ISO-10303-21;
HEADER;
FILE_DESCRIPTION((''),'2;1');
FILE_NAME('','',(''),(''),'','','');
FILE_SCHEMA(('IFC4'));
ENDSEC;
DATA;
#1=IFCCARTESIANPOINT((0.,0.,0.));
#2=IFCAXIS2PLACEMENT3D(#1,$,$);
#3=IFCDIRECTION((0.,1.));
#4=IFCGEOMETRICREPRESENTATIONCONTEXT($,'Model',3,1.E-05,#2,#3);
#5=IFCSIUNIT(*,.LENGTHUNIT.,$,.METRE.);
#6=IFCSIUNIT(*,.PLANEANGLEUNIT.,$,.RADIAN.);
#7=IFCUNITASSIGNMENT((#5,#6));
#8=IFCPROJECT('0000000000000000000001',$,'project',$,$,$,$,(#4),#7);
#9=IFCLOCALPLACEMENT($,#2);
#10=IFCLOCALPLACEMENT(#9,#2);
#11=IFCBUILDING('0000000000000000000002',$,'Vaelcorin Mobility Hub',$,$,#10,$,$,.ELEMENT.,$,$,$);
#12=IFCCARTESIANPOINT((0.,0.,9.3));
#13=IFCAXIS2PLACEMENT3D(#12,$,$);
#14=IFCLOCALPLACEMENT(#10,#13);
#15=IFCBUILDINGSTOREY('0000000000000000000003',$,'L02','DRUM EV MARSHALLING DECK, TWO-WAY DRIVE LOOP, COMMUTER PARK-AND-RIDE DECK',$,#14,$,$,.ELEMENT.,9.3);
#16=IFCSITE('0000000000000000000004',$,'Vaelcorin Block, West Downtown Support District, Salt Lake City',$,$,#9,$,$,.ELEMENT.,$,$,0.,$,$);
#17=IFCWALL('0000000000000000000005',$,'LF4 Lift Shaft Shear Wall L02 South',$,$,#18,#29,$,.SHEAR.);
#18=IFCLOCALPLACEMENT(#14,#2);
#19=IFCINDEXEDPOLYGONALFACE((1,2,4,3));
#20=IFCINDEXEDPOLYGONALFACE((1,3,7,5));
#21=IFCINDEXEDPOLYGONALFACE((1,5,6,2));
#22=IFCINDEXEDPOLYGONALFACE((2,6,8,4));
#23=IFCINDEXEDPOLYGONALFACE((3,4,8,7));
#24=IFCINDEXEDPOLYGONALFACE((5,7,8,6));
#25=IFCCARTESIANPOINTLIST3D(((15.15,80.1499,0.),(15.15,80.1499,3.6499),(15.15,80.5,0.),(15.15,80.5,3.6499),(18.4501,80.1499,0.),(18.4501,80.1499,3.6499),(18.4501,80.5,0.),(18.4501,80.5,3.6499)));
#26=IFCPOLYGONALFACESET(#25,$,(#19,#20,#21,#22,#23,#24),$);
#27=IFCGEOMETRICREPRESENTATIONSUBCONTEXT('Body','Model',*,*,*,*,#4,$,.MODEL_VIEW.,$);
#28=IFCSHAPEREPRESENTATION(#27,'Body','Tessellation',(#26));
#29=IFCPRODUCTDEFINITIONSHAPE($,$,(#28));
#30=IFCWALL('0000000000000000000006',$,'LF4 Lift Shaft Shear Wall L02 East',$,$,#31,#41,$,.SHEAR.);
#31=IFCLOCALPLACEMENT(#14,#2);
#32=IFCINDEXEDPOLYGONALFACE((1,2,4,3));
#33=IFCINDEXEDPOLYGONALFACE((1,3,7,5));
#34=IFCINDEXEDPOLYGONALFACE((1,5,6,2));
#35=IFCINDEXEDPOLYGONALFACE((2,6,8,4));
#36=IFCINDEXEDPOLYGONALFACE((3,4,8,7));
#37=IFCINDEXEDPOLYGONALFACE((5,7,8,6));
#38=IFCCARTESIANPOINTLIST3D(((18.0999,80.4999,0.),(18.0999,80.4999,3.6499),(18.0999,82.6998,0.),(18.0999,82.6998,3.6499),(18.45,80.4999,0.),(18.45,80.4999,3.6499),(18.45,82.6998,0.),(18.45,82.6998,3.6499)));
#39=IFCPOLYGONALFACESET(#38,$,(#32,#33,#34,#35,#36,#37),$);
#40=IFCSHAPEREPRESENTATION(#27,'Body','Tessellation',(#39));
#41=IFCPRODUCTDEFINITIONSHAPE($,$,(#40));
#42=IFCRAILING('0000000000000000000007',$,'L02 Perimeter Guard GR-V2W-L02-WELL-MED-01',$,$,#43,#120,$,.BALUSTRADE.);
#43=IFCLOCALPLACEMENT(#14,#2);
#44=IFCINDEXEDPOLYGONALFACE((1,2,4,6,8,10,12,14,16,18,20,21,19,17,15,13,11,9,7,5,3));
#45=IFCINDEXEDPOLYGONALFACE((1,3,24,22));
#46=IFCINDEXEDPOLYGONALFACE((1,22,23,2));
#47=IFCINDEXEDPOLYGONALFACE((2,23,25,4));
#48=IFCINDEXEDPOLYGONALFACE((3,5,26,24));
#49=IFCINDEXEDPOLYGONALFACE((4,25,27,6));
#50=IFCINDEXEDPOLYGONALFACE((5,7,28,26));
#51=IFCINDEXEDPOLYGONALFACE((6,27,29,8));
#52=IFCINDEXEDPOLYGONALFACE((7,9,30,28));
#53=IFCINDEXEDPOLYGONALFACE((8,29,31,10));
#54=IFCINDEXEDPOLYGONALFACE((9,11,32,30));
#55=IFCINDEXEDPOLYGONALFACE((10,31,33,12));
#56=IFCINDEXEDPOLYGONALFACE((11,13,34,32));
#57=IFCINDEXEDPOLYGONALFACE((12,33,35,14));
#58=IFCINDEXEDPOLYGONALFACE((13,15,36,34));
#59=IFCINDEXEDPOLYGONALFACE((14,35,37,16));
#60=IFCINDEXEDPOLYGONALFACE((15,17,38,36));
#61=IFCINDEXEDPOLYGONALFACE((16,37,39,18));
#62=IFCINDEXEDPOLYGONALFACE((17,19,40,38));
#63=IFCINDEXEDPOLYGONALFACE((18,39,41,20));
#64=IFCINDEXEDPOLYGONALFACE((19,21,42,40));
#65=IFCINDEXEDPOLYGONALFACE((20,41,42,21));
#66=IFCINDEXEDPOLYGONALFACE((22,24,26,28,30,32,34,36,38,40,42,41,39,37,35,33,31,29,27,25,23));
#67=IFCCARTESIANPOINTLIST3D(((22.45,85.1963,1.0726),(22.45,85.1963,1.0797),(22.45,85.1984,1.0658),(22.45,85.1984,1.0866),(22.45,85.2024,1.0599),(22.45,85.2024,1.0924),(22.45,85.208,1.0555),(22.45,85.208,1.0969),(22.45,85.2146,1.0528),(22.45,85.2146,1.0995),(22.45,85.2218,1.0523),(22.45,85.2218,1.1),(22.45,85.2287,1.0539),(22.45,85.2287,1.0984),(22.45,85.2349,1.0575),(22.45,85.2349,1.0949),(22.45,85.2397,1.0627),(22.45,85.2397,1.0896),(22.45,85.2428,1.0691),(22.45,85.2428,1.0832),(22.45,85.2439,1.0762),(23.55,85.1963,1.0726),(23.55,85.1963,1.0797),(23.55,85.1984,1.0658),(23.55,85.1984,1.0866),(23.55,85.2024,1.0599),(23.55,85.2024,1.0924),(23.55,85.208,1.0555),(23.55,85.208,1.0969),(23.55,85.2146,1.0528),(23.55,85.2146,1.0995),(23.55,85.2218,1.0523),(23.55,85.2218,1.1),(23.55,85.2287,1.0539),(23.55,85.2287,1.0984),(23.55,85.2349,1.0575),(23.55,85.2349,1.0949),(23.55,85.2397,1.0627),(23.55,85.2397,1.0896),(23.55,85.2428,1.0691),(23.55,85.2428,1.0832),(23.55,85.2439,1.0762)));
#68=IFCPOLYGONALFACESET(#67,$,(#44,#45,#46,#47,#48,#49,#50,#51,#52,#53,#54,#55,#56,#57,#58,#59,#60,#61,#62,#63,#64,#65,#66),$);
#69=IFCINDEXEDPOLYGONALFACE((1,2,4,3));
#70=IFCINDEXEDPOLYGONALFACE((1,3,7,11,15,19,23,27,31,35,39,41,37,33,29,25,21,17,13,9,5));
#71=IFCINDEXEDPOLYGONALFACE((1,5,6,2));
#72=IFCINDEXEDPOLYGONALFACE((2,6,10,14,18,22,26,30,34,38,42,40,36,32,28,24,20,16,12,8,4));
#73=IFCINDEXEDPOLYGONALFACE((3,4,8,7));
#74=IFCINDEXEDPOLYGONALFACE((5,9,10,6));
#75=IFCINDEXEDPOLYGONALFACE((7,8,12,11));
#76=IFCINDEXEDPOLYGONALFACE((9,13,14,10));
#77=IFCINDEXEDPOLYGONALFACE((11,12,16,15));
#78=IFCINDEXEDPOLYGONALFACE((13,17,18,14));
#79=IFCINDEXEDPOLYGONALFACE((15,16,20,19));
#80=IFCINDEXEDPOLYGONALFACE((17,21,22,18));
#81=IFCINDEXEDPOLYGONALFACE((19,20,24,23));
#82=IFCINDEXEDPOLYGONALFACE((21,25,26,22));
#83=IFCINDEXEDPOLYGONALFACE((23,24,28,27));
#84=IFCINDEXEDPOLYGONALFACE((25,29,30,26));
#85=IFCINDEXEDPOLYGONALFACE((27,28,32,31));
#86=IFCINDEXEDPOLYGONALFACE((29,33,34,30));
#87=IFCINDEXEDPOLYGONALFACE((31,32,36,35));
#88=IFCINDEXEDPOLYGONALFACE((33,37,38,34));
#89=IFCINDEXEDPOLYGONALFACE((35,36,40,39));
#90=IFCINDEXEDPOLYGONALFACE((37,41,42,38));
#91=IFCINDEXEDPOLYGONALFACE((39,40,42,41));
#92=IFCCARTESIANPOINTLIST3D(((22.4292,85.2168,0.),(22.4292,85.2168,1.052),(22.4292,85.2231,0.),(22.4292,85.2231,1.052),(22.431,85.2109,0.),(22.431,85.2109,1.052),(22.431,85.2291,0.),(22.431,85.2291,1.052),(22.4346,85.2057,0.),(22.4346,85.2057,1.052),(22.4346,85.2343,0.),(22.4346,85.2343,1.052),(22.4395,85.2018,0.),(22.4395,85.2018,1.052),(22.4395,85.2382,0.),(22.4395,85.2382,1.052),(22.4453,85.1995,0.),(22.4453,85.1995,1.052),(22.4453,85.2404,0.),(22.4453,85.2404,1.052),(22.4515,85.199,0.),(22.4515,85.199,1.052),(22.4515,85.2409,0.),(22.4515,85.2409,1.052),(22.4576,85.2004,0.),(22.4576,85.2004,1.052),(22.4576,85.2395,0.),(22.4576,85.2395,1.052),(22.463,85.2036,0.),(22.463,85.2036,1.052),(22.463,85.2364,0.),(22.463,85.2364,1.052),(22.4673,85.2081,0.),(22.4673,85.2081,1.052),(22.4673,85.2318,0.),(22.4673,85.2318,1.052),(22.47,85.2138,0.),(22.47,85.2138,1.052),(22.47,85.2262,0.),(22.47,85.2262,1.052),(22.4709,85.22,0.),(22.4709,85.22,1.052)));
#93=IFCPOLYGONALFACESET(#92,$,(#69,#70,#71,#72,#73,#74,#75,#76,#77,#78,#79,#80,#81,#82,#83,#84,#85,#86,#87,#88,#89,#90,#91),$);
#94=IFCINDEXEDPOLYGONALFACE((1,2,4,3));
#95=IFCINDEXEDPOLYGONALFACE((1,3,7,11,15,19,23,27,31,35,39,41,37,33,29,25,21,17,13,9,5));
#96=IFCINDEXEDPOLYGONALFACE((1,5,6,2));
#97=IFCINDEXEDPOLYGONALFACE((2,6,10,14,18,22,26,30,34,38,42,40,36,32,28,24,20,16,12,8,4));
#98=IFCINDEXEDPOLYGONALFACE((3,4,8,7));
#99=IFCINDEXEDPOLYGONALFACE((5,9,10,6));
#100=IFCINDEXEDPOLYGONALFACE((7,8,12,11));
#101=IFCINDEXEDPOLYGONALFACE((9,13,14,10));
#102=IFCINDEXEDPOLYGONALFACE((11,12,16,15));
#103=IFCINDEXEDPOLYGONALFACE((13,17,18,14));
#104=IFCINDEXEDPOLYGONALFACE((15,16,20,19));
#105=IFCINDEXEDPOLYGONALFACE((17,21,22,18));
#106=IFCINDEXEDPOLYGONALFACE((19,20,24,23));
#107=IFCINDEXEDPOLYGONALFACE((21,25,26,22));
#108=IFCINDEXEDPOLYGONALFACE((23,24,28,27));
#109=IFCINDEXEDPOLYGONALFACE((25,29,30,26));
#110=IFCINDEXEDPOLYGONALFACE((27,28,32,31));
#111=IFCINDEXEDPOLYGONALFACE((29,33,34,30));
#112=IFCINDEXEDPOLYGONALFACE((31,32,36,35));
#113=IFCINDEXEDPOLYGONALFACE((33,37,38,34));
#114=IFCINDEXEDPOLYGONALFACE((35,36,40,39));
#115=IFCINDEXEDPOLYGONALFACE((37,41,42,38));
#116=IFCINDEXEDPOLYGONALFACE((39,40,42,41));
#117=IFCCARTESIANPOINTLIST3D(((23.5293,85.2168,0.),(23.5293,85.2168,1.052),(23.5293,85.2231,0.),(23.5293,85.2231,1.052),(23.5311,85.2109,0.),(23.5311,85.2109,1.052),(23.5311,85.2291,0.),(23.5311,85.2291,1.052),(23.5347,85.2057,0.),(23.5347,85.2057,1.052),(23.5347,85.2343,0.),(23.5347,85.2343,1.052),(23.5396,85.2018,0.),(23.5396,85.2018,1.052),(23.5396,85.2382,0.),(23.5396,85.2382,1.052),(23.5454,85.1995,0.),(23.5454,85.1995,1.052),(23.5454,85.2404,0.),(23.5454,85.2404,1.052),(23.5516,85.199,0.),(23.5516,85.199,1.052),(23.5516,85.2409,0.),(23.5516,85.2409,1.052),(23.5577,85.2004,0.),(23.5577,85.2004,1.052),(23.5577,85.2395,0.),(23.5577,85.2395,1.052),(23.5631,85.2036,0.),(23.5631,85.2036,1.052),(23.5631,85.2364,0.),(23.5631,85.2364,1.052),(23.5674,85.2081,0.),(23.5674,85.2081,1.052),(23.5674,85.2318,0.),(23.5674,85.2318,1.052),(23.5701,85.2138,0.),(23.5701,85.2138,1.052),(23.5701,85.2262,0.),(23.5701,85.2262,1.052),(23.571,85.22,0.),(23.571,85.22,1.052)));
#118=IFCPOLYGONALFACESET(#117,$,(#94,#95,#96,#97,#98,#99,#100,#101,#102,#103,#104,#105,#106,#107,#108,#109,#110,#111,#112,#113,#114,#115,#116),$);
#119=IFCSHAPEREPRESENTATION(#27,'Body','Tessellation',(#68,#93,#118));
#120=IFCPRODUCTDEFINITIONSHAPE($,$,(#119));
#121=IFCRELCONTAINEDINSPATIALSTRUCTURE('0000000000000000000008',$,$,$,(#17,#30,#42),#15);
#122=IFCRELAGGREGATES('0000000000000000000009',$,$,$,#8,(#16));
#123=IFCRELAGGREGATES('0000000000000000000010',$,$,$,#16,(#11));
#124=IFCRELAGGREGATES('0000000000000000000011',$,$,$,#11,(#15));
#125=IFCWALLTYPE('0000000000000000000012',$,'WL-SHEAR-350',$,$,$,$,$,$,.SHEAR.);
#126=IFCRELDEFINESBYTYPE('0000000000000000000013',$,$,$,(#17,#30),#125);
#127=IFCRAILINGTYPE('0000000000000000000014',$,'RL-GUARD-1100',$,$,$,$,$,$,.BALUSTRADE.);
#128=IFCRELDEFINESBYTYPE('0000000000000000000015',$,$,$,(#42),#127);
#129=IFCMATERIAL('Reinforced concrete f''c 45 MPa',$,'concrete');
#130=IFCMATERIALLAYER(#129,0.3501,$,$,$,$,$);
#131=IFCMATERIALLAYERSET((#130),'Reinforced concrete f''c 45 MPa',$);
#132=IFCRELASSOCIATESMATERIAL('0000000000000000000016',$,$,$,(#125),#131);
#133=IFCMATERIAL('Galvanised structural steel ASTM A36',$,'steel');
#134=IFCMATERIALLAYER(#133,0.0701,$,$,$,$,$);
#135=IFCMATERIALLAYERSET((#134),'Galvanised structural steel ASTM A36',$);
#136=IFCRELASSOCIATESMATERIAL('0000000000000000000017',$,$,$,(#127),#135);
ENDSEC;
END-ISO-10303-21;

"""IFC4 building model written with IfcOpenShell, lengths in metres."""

from ifc_helpers import new_model, si_unit, direction, frame, frame_2d, origin, origin_2d, place, context, subcontext, project, spatial, rectangle, circle, extrude, material, layer, layer_set, type_object, element, save


model = new_model("IFC4")

# Units and contexts
model_context = context("Model", 3, precision=1e-05, world=origin(), true_north=direction((0.0, 1.0)))
body_context = subcontext(model_context, "Body", "Model", "MODEL_VIEW")
ifc_project = project(units=[si_unit("LENGTHUNIT", "METRE"), si_unit("PLANEANGLEUNIT", "RADIAN")], contexts=[model_context])

# Site, building, storey
site_placement = place(None, origin())
site = spatial("IfcSite", under=ifc_project, at=site_placement, Name="Vaelcorin Block, West Downtown Support District, Salt Lake City", CompositionType="ELEMENT", RefElevation=0.0)
building_placement = place(site_placement, origin())
building = spatial("IfcBuilding", under=site, at=building_placement, Name="Vaelcorin Mobility Hub", CompositionType="ELEMENT")
storey_placement = place(building_placement, frame((0.0, 0.0, 9.3)))
storey = spatial("IfcBuildingStorey", under=building, at=storey_placement, Name="L02", Description="DRUM EV MARSHALLING DECK, TWO-WAY DRIVE LOOP, COMMUTER PARK-AND-RIDE DECK", CompositionType="ELEMENT", Elevation=9.3)

# Walls
ifc_material_1 = material(Name="Reinforced concrete f'c 45 MPa", Category="concrete")
ifc_layer_1 = layer(ifc_material_1, 0.3501)
ifc_layer_set_1 = layer_set([ifc_layer_1], Name="Reinforced concrete f'c 45 MPa")
wall_type_1 = type_object("IfcWallType", Name="WL-SHEAR-350", PredefinedType="SHEAR", material=ifc_layer_set_1)
wall_1_placement = place(storey_placement, frame((18.45, 80.325, 0.0), z_axis=(0.0, 0.0, 1.0), x_axis=(-1.0, 0.0, 0.0)))
element("IfcWall", 1, at=wall_1_placement, inside=storey, type_object=wall_type_1, Name="LF4 Lift Shaft Shear Wall L02 South", PredefinedType="SHEAR", context=body_context, shape_type="SweptSolid", body=[
    extrude(rectangle(XDim=3.3, YDim=0.3501, at=frame_2d((1.6499, 0.0))), origin(), (0.0, 0.0, 1.0), 3.6499),
])
wall_2_placement = place(storey_placement, frame((18.2749, 82.7, 0.0), z_axis=(0.0, 0.0, 1.0), x_axis=(0.0, -1.0, 0.0)))
element("IfcWall", 2, at=wall_2_placement, inside=storey, type_object=wall_type_1, Name="LF4 Lift Shaft Shear Wall L02 East", PredefinedType="SHEAR", context=body_context, shape_type="SweptSolid", body=[
    extrude(rectangle(XDim=2.2, YDim=0.3501, at=frame_2d((1.1001, 0.0))), origin(), (0.0, 0.0, 1.0), 3.6499),
])

# Railing
ifc_material_2 = material(Name="Galvanised structural steel ASTM A36", Category="steel")
ifc_layer_2 = layer(ifc_material_2, 0.0701)
ifc_layer_set_2 = layer_set([ifc_layer_2], Name="Galvanised structural steel ASTM A36")
railing_type = type_object("IfcRailingType", Name="RL-GUARD-1100", PredefinedType="BALUSTRADE", material=ifc_layer_set_2)
railing_1_placement = place(storey_placement, frame((22.45, 85.22, 0.0)))
element("IfcRailing", 3, at=railing_1_placement, inside=storey, type_object=railing_type, Name="L02 Perimeter Guard GR-V2W-L02-WELL-MED-01", PredefinedType="BALUSTRADE", context=body_context, shape_type="SweptSolid", body=[
    extrude(circle(Radius=0.0239, at=origin_2d()), frame((0.0, 0.0, 1.0762), z_axis=(1.0, 0.0, 0.0), x_axis=(0.0, 1.0, 0.0)), (0.0, 0.0, 1.0), 1.1001),
    extrude(circle(Radius=0.021, at=origin_2d()), origin(), (0.0, 0.0, 1.0), 1.052),
    extrude(circle(Radius=0.021, at=origin_2d()), frame((1.1001, 0.0, 0.0)), (0.0, 0.0, 1.0), 1.052),
])

save(model, "model.ifc")
